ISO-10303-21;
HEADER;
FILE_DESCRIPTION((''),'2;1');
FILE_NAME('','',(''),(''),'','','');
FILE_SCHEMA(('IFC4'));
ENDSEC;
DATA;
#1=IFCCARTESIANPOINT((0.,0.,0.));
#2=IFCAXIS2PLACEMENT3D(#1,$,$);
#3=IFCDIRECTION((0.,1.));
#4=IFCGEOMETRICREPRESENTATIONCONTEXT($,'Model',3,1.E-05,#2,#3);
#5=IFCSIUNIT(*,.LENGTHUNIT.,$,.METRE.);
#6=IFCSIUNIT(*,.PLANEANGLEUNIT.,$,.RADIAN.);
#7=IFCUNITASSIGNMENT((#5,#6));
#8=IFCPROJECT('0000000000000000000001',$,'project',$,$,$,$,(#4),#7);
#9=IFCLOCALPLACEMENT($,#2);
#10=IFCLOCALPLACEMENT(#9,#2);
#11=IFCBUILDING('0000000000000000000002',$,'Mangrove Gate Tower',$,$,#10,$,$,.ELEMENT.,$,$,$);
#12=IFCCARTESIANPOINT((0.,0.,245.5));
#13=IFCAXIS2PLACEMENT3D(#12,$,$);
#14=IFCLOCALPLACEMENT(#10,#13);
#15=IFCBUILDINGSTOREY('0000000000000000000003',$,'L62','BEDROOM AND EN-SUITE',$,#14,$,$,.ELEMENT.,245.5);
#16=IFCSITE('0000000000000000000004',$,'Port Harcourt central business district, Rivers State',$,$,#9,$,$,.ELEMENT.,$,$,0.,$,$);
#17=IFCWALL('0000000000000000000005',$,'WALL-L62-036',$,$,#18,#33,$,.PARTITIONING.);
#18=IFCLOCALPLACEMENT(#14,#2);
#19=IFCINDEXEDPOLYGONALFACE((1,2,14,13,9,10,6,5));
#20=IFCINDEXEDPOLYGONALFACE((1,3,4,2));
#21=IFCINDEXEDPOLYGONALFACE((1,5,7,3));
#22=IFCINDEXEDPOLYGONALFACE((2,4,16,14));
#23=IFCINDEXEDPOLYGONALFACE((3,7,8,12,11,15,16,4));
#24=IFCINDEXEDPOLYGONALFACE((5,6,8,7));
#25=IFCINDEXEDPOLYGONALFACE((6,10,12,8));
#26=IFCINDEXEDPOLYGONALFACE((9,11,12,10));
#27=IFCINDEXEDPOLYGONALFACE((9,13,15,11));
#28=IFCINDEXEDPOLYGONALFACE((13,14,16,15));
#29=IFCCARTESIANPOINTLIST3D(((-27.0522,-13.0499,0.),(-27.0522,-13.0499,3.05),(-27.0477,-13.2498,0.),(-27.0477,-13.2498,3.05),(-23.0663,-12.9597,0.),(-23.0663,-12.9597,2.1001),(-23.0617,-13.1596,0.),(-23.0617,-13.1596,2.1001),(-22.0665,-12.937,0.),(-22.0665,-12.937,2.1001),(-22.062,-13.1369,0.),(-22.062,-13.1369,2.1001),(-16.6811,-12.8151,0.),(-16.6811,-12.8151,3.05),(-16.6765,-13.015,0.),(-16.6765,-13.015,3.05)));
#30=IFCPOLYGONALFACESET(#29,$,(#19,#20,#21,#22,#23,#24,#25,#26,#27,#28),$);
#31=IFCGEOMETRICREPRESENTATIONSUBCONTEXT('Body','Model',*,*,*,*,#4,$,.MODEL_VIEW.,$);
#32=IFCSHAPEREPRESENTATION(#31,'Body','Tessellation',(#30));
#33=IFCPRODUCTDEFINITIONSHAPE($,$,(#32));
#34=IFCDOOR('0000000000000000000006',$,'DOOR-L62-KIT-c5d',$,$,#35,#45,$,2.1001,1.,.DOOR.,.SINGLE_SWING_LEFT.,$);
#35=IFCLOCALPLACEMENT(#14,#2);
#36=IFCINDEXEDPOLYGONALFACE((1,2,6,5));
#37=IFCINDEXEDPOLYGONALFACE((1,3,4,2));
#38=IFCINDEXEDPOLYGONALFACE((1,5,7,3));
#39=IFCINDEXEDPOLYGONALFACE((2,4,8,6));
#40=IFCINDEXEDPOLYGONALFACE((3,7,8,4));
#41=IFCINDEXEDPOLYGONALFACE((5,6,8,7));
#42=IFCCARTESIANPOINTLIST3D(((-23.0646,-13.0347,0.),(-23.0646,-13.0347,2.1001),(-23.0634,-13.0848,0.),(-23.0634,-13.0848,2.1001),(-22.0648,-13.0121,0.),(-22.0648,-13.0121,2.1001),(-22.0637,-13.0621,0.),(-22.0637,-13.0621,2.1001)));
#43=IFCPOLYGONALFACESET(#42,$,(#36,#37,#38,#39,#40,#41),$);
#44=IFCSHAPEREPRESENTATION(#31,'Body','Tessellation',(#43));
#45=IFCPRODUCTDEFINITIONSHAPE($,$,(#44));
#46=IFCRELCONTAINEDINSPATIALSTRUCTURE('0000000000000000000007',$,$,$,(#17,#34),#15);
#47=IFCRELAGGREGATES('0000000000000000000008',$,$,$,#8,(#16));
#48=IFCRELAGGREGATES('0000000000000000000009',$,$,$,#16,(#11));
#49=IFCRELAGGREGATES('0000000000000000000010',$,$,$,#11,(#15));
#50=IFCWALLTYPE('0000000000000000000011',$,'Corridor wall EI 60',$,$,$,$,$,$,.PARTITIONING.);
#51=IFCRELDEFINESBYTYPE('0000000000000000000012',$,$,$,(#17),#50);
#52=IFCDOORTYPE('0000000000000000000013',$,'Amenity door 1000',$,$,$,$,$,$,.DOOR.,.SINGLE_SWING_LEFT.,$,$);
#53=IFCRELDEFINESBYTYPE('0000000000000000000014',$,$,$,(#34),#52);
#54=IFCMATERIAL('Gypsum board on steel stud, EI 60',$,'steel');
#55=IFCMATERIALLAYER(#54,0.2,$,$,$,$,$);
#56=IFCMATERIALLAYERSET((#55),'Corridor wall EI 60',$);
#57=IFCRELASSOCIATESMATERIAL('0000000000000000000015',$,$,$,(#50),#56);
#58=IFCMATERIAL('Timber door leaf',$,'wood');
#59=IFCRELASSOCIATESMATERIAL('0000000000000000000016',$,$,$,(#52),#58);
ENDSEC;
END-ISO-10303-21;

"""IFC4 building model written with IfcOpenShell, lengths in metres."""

from ifc_helpers import new_model, si_unit, direction, frame, frame_2d, origin, place, context, subcontext, project, spatial, rectangle, extrude, material, layer, layer_set, type_object, element, fill, save


model = new_model("IFC4")

# Units and contexts
model_context = context("Model", 3, precision=1e-05, world=origin(), true_north=direction((0.0, 1.0)))
body_context = subcontext(model_context, "Body", "Model", "MODEL_VIEW")
ifc_project = project(units=[si_unit("LENGTHUNIT", "METRE"), si_unit("PLANEANGLEUNIT", "RADIAN")], contexts=[model_context])

# Site, building, storey
site_placement = place(None, origin())
site = spatial("IfcSite", under=ifc_project, at=site_placement, Name="Port Harcourt central business district, Rivers State", CompositionType="ELEMENT", RefElevation=0.0)
building_placement = place(site_placement, origin())
building = spatial("IfcBuilding", under=site, at=building_placement, Name="Mangrove Gate Tower", CompositionType="ELEMENT")
storey_placement = place(building_placement, frame((0.0, 0.0, 245.5)))
storey = spatial("IfcBuildingStorey", under=building, at=storey_placement, Name="L62", Description="BEDROOM AND EN-SUITE", CompositionType="ELEMENT", Elevation=245.5)

# Shared definitions
ifc_material_1 = material(Name="Gypsum board on steel stud, EI 60", Category="steel")
ifc_layer = layer(ifc_material_1, 0.2)
ifc_layer_set = layer_set([ifc_layer], Name="Corridor wall EI 60")
wall_type = type_object("IfcWallType", Name="Corridor wall EI 60", PredefinedType="PARTITIONING", material=ifc_layer_set)
ifc_material_2 = material(Name="Timber door leaf", Category="wood")
door_type_1 = type_object("IfcDoorType", Name="Amenity door 1000", OperationType="SINGLE_SWING_LEFT", PredefinedType="DOOR", material=ifc_material_2)

# Wall, opening, door
wall_1_placement = place(storey_placement, frame((-27.05, -13.1499, 0.0), z_axis=(0.0, 0.0, 1.0), x_axis=(0.999744, 0.02264, 0.0)))
wall_1 = element("IfcWall", 1, at=wall_1_placement, inside=storey, type_object=wall_type, Name="WALL-L62-036", PredefinedType="PARTITIONING", context=body_context, shape_type="SweptSolid", body=[
    extrude(rectangle(XDim=10.3738, YDim=0.2, at=frame_2d((5.187, 0.0))), origin(), (0.0, 0.0, 1.0), 3.05),
])
opening_1_placement = place(wall_1_placement, frame((3.9871, 0.0, 0.0)))
opening_1 = element("IfcOpeningElement", 2, at=opening_1_placement, cuts=wall_1, PredefinedType="OPENING", context=body_context, shape_type="SweptSolid", body=[
    extrude(rectangle(XDim=1.0, YDim=2.1001, at=frame_2d((0.5, 1.05))), frame((0.0, 0.1099, 0.0), z_axis=(0.0, -1.0, 0.0), x_axis=(1.0, 0.0, 0.0)), (0.0, 0.0, 1.0), 0.22),
])
door_1_placement = place(opening_1_placement, origin())
door_1 = element("IfcDoor", 3, at=door_1_placement, inside=storey, type_object=door_type_1, Name="DOOR-L62-KIT-c5d", OperationType="SINGLE_SWING_LEFT", OverallHeight=2.1001, OverallWidth=1.0, PredefinedType="DOOR", context=body_context, shape_type="SweptSolid", body=[
    extrude(rectangle(XDim=1.0, YDim=2.1001, at=frame_2d((0.5, 1.05))), frame((0.0, 0.0249, 0.0), z_axis=(0.0, -1.0, 0.0), x_axis=(1.0, 0.0, 0.0)), (0.0, 0.0, 1.0), 0.05),
])
fill(opening_1, door_1)

save(model, "model.ifc")
